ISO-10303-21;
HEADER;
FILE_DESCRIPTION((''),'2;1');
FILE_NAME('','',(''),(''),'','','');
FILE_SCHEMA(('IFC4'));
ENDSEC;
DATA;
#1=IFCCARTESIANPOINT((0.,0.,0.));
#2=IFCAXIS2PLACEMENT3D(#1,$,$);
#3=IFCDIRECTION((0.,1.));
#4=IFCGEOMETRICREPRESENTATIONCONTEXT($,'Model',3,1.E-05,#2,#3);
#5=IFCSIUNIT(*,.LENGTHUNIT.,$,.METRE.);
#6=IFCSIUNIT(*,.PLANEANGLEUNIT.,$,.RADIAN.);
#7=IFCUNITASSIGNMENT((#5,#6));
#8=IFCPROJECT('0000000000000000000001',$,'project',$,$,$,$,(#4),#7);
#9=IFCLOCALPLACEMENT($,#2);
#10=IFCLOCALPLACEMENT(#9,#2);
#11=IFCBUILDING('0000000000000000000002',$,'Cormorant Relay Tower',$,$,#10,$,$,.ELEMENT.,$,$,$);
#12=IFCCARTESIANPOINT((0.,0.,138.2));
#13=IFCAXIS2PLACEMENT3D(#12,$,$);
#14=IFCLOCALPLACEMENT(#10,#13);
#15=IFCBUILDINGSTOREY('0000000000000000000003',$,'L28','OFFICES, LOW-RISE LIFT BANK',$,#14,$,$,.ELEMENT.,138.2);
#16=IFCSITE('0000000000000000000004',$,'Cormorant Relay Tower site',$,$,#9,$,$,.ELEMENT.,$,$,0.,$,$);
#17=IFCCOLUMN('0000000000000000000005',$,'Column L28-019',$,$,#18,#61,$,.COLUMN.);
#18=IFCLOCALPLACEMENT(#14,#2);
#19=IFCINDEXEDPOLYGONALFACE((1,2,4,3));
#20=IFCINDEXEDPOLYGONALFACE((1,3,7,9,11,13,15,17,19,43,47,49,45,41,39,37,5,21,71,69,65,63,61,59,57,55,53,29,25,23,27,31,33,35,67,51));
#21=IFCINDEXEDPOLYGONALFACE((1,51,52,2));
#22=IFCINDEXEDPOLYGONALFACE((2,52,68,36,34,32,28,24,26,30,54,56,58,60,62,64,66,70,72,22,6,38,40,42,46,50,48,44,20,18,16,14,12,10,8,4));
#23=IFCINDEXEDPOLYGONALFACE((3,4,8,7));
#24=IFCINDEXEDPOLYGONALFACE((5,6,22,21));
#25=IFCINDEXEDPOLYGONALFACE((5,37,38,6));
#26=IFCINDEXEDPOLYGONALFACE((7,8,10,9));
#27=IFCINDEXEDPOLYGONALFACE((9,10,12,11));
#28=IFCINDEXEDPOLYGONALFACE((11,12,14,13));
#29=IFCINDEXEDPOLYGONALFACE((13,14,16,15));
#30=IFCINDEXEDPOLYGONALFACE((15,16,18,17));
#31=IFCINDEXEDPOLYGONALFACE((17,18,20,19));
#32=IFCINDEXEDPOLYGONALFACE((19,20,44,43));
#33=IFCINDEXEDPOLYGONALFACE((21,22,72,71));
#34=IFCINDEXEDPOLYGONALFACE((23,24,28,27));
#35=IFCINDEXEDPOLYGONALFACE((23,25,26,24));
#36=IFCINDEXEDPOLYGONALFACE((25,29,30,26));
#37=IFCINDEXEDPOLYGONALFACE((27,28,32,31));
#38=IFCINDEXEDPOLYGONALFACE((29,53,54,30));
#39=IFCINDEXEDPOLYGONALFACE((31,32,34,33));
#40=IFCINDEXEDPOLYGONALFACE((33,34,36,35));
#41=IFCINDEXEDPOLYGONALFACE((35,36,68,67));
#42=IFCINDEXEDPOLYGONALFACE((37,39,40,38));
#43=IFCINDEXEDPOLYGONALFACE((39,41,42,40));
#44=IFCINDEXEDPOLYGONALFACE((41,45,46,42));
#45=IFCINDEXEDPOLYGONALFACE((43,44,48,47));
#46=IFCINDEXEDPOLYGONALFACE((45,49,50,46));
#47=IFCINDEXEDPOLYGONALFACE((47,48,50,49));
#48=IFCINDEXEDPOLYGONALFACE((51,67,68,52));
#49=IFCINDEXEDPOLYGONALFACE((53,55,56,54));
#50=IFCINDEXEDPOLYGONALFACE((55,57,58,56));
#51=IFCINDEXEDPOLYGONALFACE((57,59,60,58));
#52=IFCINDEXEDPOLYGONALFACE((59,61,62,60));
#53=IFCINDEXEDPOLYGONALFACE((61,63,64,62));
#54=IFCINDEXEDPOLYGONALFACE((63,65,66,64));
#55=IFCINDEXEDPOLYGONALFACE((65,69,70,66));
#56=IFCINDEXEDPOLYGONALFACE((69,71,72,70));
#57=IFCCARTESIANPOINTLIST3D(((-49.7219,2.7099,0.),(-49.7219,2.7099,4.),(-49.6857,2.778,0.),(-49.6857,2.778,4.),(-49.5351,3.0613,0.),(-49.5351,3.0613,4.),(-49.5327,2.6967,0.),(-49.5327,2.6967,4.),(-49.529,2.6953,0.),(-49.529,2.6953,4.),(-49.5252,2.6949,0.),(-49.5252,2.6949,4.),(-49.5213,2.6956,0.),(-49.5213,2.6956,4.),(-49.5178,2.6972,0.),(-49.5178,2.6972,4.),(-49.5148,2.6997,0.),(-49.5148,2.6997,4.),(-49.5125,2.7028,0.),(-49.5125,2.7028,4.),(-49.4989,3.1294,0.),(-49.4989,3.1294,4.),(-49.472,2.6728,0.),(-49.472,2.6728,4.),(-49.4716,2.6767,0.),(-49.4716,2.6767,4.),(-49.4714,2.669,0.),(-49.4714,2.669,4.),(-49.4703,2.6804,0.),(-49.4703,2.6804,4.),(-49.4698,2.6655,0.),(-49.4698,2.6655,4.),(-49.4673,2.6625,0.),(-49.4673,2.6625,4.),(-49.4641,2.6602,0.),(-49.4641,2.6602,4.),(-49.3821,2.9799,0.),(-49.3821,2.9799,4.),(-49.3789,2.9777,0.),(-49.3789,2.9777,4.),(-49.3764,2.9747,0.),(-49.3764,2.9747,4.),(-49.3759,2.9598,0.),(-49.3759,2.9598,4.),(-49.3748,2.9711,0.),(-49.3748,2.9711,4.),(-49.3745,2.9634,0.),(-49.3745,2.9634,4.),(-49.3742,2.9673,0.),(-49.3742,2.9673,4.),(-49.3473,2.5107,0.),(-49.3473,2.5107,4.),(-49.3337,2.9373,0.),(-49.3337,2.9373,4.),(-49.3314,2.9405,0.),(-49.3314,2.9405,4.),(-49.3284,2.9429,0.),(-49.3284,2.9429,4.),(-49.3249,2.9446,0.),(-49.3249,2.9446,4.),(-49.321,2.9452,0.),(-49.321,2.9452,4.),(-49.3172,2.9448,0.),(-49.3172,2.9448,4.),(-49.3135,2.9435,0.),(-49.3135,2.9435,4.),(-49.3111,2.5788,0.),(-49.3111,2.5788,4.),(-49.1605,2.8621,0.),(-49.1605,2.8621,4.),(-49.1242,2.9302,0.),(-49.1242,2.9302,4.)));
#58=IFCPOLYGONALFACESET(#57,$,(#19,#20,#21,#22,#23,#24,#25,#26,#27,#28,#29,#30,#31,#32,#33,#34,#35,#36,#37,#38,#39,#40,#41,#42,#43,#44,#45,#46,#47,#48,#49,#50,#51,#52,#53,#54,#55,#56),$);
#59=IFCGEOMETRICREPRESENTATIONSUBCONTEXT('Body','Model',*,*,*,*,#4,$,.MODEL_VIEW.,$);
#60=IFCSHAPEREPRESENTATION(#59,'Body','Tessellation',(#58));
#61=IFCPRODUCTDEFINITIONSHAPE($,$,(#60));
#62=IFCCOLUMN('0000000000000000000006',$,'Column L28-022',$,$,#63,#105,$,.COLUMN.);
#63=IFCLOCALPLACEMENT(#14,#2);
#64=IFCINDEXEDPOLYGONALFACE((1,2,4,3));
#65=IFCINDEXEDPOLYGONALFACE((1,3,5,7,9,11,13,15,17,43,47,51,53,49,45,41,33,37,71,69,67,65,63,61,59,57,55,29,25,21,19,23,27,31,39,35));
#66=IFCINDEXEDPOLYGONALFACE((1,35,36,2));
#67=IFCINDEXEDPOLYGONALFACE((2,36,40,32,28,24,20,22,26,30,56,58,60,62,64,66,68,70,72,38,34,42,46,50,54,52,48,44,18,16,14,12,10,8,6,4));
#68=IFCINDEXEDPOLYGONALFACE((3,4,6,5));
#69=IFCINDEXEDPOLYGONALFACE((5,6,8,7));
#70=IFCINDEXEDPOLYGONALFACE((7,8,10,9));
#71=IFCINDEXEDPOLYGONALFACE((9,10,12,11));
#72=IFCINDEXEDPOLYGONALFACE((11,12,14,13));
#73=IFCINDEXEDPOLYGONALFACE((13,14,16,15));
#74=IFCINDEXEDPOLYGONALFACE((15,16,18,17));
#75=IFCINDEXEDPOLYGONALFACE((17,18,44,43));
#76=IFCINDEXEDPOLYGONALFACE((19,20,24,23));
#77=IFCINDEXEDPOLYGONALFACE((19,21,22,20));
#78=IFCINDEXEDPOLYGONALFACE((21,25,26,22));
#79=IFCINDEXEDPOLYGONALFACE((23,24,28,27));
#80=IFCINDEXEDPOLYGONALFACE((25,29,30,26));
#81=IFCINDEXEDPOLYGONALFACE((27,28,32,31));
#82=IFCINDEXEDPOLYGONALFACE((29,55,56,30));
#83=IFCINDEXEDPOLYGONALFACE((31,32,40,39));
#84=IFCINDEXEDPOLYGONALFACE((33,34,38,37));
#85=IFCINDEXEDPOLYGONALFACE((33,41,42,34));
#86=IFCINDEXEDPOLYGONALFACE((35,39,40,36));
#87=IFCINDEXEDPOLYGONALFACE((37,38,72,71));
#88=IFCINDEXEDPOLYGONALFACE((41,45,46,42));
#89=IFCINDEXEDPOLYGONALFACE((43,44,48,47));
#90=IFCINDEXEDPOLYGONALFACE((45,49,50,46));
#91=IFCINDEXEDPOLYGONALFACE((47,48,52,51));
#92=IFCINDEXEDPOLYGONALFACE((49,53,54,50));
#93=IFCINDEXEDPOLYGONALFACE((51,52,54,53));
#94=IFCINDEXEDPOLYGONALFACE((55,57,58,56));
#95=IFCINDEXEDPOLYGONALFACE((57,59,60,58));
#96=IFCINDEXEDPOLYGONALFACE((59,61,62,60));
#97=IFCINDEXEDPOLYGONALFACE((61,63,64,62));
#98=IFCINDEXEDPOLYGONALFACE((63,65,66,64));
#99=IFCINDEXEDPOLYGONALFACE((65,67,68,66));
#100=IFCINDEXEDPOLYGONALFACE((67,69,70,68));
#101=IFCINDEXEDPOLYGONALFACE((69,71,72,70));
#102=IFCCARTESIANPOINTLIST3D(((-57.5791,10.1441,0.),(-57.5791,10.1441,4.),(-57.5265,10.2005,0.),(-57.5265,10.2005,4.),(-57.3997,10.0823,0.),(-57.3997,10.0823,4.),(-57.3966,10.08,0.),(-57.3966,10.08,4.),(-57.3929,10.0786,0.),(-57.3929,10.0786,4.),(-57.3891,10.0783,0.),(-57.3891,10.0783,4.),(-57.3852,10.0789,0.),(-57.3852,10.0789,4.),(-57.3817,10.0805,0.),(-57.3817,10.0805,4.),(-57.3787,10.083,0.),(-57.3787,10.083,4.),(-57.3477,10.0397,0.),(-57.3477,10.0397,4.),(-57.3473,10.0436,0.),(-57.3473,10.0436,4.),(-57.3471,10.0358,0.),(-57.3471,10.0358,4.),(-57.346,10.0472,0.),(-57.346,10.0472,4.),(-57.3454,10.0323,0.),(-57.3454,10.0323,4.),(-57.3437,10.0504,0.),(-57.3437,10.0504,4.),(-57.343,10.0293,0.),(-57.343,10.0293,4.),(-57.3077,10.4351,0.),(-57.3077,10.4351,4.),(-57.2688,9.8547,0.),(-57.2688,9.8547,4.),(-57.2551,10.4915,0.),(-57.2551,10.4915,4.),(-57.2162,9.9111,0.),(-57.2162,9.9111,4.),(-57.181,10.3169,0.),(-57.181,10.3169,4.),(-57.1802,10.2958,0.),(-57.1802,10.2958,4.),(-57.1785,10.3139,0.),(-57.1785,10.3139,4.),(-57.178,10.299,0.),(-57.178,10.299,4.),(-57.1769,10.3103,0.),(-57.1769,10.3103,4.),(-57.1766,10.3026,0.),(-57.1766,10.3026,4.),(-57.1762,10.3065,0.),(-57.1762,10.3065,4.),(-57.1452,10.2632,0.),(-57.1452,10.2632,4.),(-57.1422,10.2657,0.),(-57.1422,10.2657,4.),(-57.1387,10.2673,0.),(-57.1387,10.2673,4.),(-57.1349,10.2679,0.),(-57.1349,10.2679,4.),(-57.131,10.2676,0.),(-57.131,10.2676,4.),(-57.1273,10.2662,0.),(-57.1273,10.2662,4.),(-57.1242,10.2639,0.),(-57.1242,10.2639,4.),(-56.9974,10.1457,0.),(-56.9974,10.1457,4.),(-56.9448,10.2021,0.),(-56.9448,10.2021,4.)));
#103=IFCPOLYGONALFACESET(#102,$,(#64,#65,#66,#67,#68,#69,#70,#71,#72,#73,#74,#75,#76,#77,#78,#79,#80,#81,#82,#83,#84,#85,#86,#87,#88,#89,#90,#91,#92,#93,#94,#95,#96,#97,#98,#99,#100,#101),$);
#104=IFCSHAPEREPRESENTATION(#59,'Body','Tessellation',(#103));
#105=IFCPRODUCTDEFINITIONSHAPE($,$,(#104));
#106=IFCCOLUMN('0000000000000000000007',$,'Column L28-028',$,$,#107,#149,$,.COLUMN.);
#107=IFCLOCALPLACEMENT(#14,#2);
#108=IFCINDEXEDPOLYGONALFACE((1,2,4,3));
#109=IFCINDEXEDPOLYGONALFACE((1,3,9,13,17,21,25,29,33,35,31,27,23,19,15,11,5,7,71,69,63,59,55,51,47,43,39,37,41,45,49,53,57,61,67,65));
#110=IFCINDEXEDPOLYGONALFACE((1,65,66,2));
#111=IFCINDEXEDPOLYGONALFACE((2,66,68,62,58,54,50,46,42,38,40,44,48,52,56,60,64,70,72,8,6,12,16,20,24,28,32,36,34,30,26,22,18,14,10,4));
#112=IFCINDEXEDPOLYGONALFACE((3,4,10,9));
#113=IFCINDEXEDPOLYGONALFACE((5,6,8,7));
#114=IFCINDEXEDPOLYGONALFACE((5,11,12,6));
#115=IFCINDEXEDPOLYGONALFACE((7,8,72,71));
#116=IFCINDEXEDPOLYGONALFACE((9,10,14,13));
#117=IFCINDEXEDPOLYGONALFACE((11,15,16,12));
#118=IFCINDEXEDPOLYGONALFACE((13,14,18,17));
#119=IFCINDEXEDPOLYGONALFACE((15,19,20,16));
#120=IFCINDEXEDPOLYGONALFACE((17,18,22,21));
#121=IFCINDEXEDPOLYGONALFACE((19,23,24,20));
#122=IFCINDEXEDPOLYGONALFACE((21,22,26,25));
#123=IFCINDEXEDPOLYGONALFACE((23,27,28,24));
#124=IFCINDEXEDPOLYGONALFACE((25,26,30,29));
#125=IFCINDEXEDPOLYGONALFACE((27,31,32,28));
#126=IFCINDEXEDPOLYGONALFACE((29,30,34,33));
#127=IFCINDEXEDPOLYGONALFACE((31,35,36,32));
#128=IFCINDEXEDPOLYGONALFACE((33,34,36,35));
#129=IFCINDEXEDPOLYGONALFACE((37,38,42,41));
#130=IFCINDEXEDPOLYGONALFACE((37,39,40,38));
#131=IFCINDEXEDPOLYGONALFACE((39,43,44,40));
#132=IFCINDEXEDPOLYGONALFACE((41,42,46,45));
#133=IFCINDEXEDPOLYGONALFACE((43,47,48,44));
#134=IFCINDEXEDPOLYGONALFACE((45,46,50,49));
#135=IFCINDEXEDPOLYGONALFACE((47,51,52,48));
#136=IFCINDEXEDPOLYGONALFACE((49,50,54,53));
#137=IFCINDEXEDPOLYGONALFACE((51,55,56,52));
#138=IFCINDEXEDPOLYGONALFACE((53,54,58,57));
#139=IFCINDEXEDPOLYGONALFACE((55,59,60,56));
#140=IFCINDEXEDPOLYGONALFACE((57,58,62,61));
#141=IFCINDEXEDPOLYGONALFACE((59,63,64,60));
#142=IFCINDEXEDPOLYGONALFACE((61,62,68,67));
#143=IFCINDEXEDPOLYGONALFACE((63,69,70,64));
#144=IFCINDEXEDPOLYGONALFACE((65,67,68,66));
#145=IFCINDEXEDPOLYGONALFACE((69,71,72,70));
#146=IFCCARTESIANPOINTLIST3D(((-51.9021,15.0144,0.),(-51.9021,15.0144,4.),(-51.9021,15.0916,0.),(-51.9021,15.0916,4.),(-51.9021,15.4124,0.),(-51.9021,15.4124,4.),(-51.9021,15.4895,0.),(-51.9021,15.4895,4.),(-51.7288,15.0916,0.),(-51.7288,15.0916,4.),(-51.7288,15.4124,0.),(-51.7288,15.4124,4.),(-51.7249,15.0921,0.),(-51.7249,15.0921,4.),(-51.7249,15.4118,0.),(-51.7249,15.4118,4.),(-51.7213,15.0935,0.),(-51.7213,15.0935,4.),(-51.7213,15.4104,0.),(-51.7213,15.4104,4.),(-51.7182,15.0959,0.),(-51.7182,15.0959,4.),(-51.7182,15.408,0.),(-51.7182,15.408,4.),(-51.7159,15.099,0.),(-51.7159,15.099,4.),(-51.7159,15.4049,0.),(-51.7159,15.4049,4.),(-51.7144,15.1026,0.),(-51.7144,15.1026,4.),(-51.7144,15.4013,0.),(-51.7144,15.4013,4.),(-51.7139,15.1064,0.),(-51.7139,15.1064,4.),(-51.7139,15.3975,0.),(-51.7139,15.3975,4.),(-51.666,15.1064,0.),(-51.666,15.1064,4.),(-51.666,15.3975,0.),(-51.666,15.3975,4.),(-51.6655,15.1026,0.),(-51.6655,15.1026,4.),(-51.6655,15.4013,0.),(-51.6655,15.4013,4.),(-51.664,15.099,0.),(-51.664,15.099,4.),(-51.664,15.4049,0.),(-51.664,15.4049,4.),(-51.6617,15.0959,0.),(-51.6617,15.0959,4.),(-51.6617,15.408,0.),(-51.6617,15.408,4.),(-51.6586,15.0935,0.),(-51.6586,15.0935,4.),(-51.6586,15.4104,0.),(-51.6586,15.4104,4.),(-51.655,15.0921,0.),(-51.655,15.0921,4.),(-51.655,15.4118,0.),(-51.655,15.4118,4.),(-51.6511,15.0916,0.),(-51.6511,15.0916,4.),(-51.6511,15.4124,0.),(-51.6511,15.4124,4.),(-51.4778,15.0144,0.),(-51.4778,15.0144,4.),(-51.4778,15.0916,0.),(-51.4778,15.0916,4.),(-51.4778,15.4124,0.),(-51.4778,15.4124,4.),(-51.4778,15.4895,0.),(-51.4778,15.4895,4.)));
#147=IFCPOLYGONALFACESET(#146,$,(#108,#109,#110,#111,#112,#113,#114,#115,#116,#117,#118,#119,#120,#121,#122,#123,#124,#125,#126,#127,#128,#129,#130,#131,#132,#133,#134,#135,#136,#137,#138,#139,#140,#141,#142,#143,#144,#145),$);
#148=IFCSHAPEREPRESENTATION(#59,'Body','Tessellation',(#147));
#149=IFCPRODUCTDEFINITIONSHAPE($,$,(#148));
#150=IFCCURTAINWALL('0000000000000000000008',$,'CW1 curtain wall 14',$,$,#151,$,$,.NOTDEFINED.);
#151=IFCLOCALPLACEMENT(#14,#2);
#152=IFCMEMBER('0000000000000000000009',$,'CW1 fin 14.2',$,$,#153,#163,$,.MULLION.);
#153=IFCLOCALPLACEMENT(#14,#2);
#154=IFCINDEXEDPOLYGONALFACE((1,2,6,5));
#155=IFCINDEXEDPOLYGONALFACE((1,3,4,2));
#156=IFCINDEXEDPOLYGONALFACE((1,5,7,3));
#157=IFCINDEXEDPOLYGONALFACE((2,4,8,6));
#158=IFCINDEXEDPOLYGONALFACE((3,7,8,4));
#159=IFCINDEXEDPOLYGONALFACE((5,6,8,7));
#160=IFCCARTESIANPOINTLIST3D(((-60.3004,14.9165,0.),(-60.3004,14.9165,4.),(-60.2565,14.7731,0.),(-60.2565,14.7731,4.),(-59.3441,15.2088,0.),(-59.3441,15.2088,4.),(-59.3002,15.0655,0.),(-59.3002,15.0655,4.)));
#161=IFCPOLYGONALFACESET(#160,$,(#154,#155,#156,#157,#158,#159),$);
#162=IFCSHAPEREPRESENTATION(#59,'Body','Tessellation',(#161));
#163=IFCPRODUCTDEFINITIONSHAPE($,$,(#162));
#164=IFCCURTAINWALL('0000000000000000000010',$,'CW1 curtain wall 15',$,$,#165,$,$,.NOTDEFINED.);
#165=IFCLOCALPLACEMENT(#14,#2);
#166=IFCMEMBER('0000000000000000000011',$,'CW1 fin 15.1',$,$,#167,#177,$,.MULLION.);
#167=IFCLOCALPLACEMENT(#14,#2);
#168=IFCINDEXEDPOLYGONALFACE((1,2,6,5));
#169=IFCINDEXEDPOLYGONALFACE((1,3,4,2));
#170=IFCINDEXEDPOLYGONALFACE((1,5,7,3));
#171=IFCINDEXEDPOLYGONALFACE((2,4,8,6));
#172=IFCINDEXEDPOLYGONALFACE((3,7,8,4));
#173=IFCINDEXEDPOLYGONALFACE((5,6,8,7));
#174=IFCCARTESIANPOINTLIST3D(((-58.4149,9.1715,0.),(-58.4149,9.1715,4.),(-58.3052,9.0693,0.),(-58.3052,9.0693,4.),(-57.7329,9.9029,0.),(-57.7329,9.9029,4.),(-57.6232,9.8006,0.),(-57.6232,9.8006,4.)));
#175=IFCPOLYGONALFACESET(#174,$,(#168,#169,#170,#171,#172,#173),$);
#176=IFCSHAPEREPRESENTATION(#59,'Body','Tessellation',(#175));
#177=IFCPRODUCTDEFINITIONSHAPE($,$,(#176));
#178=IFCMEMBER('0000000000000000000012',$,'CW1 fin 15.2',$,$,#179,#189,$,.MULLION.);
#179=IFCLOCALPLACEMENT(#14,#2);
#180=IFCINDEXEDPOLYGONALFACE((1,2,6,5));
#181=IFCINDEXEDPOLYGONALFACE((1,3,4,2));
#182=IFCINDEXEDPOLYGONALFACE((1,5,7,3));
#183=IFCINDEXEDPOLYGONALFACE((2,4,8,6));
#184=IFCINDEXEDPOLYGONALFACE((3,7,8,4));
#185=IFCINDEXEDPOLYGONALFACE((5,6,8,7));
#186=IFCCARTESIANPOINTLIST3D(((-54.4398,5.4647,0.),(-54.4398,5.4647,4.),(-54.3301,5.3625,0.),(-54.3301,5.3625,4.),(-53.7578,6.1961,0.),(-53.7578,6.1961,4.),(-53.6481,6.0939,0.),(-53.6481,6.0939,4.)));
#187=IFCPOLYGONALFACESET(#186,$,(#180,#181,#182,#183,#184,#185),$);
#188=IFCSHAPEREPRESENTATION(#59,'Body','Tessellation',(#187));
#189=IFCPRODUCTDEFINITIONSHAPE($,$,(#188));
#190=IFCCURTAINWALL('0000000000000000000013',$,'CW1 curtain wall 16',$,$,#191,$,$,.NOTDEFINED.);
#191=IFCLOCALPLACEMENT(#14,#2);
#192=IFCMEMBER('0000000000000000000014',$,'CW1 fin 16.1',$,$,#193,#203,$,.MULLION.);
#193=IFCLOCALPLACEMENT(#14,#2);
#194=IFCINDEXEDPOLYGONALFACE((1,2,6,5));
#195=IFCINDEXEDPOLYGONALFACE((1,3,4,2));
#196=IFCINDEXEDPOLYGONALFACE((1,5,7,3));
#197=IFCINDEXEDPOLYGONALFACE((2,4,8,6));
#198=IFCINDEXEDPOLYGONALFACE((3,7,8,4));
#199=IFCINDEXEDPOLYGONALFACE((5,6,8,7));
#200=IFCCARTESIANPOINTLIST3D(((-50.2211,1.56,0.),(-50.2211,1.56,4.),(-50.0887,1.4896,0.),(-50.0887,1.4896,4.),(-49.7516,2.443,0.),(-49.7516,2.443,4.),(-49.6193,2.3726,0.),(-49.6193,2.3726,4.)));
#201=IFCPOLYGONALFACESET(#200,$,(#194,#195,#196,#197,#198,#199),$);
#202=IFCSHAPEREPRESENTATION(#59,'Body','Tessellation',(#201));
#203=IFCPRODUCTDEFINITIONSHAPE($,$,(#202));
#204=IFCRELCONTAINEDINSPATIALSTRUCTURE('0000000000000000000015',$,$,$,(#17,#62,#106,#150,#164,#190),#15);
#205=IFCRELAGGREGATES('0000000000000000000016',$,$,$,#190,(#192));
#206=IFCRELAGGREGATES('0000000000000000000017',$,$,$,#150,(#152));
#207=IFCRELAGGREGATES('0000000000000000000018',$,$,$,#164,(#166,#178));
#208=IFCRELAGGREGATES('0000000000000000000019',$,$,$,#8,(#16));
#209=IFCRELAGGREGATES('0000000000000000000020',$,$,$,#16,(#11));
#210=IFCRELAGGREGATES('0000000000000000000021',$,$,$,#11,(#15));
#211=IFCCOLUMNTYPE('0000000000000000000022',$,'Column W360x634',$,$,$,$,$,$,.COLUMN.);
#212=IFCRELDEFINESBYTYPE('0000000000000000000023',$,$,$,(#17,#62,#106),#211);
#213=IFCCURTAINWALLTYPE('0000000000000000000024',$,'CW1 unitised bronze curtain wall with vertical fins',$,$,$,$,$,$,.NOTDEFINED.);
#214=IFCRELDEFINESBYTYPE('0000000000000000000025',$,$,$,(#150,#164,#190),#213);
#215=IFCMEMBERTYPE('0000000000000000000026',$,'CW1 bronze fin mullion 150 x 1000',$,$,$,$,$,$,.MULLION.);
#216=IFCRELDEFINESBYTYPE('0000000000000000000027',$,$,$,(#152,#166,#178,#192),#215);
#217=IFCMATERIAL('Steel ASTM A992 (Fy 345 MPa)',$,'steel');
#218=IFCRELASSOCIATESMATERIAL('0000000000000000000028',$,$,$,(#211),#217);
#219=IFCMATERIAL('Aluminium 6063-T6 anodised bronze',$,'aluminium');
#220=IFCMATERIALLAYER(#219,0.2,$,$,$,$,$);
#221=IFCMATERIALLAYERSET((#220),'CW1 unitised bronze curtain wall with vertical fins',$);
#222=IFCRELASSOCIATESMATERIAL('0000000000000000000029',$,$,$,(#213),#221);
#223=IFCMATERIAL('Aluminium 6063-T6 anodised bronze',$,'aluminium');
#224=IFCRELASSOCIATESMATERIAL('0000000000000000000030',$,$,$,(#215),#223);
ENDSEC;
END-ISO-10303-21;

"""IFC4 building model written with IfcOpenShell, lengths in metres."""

from ifc_helpers import new_model, si_unit, direction, frame, origin, origin_2d, place, context, subcontext, project, spatial, rectangle, i_section, extrude, material, layer, layer_set, material_profile, profile_set, type_object, element, aggregate, save


model = new_model("IFC4")

# Units and contexts
model_context = context("Model", 3, precision=1e-05, world=origin(), true_north=direction((0.0, 1.0)))
body_context = subcontext(model_context, "Body", "Model", "MODEL_VIEW")
ifc_project = project(units=[si_unit("LENGTHUNIT", "METRE"), si_unit("PLANEANGLEUNIT", "RADIAN")], contexts=[model_context])

# Site, building, storey
site_placement = place(None, origin())
site = spatial("IfcSite", under=ifc_project, at=site_placement, Name="Cormorant Relay Tower site", CompositionType="ELEMENT", RefElevation=0.0)
building_placement = place(site_placement, origin())
building = spatial("IfcBuilding", under=site, at=building_placement, Name="Cormorant Relay Tower", CompositionType="ELEMENT")
storey_placement = place(building_placement, frame((0.0, 0.0, 138.2)))
storey = spatial("IfcBuildingStorey", under=building, at=storey_placement, Name="L28", Description="OFFICES, LOW-RISE LIFT BANK", CompositionType="ELEMENT", Elevation=138.2)

# Columns
ifc_material_1 = material(Name="Steel ASTM A992 (Fy 345 MPa)", Category="steel")
ifc_material_profile_1 = material_profile(ifc_material_1, i_section(OverallWidth=0.4243, OverallDepth=0.4751, WebThickness=0.0479, FlangeThickness=0.0771, FilletRadius=0.0149, at=origin_2d()), Name="W360x634")
ifc_profile_set_1 = profile_set([ifc_material_profile_1], Name="Steel ASTM A992 (Fy 345 MPa)")
column_type = type_object("IfcColumnType", Name="Column W360x634", PredefinedType="COLUMN", material=ifc_profile_set_1)
for number, where, z_axis, x_axis, name in (
    (1, (-49.4231, 2.8201, 0.0), (0.0, 0.0, 1.0), (0.882948, -0.469472, 0.0), "Column L28-019"),
    (2, (-57.262, 10.1731, 0.0), (0.0, 0.0, 1.0), (0.731354, -0.681998, 0.0), "Column L28-022"),
    (3, (-51.6899, 15.252, 0.0), (0.0, 0.0, 1.0), (1.0, 0.0, 0.0), "Column L28-028"),
):
    element("IfcColumn", number, at=place(storey_placement, frame(where, z_axis=z_axis, x_axis=x_axis)), inside=storey, type_object=column_type, Name=name, PredefinedType="COLUMN", context=body_context, shape_type="SweptSolid", body=[
        extrude(i_section(OverallWidth=0.4243, OverallDepth=0.4751, WebThickness=0.0479, FlangeThickness=0.0771, FilletRadius=0.0149, at=origin_2d()), origin(), (0.0, 0.0, 1.0), 4.0),
    ])

# Curtain wall, member
ifc_material_2 = material(Name="Aluminium 6063-T6 anodised bronze", Category="aluminium")
ifc_layer_1 = layer(ifc_material_2, 0.2)
ifc_layer_set_1 = layer_set([ifc_layer_1], Name="CW1 unitised bronze curtain wall with vertical fins")
curtain_wall_type = type_object("IfcCurtainWallType", Name="CW1 unitised bronze curtain wall with vertical fins", PredefinedType="NOTDEFINED", material=ifc_layer_set_1)
curtain_wall_1_placement = place(storey_placement, origin())
curtain_wall_1 = element("IfcCurtainWall", 4, at=curtain_wall_1_placement, inside=storey, type_object=curtain_wall_type, Name="CW1 curtain wall 14", PredefinedType="NOTDEFINED")
ifc_material_3 = material(Name="Aluminium 6063-T6 anodised bronze", Category="aluminium")
ifc_material_profile_2 = material_profile(ifc_material_3, rectangle(XDim=0.1499, YDim=1.0, at=origin_2d()), Name="AL 150x1000")
ifc_profile_set_2 = profile_set([ifc_material_profile_2], Name="Aluminium 6063-T6 anodised bronze")
member_type_1 = type_object("IfcMemberType", Name="CW1 bronze fin mullion 150 x 1000", PredefinedType="MULLION", material=ifc_profile_set_2)
member_1_placement = place(storey_placement, frame((-59.8003, 14.991, 0.0), z_axis=(0.0, 0.0, 1.0), x_axis=(0.292372, -0.956305, 0.0)))
member_1 = element("IfcMember", 5, at=member_1_placement, type_object=member_type_1, Name="CW1 fin 14.2", PredefinedType="MULLION", context=body_context, shape_type="SweptSolid", body=[
    extrude(rectangle(XDim=0.1499, YDim=1.0, at=origin_2d()), origin(), (0.0, 0.0, 1.0), 4.0),
])

# Curtain wall, members
curtain_wall_2_placement = place(storey_placement, origin())
curtain_wall_2 = element("IfcCurtainWall", 6, at=curtain_wall_2_placement, inside=storey, type_object=curtain_wall_type, Name="CW1 curtain wall 15", PredefinedType="NOTDEFINED")
member_2_placement = place(storey_placement, frame((-58.019, 9.4861, 0.0), z_axis=(0.0, 0.0, 1.0), x_axis=(0.731354, -0.681998, 0.0)))
member_2 = element("IfcMember", 7, at=member_2_placement, type_object=member_type_1, Name="CW1 fin 15.1", PredefinedType="MULLION", context=body_context, shape_type="SweptSolid", body=[
    extrude(rectangle(XDim=0.1499, YDim=1.0, at=origin_2d()), origin(), (0.0, 0.0, 1.0), 4.0),
])
member_3_placement = place(storey_placement, frame((-54.0439, 5.7793, 0.0), z_axis=(0.0, 0.0, 1.0), x_axis=(0.731354, -0.681998, 0.0)))
member_3 = element("IfcMember", 8, at=member_3_placement, type_object=member_type_1, Name="CW1 fin 15.2", PredefinedType="MULLION", context=body_context, shape_type="SweptSolid", body=[
    extrude(rectangle(XDim=0.1499, YDim=1.0, at=origin_2d()), origin(), (0.0, 0.0, 1.0), 4.0),
])

# Curtain wall, member
curtain_wall_3_placement = place(storey_placement, origin())
curtain_wall_3 = element("IfcCurtainWall", 9, at=curtain_wall_3_placement, inside=storey, type_object=curtain_wall_type, Name="CW1 curtain wall 16", PredefinedType="NOTDEFINED")
member_4_placement = place(storey_placement, frame((-49.9202, 1.9663, 0.0), z_axis=(0.0, 0.0, 1.0), x_axis=(0.882948, -0.469472, 0.0)))
member_4 = element("IfcMember", 10, at=member_4_placement, type_object=member_type_1, Name="CW1 fin 16.1", PredefinedType="MULLION", context=body_context, shape_type="SweptSolid", body=[
    extrude(rectangle(XDim=0.1499, YDim=1.0, at=origin_2d()), origin(), (0.0, 0.0, 1.0), 4.0),
])

aggregate(curtain_wall_3, [member_4])

aggregate(curtain_wall_1, [member_1])
aggregate(curtain_wall_2, [member_2, member_3])

save(model, "model.ifc")
